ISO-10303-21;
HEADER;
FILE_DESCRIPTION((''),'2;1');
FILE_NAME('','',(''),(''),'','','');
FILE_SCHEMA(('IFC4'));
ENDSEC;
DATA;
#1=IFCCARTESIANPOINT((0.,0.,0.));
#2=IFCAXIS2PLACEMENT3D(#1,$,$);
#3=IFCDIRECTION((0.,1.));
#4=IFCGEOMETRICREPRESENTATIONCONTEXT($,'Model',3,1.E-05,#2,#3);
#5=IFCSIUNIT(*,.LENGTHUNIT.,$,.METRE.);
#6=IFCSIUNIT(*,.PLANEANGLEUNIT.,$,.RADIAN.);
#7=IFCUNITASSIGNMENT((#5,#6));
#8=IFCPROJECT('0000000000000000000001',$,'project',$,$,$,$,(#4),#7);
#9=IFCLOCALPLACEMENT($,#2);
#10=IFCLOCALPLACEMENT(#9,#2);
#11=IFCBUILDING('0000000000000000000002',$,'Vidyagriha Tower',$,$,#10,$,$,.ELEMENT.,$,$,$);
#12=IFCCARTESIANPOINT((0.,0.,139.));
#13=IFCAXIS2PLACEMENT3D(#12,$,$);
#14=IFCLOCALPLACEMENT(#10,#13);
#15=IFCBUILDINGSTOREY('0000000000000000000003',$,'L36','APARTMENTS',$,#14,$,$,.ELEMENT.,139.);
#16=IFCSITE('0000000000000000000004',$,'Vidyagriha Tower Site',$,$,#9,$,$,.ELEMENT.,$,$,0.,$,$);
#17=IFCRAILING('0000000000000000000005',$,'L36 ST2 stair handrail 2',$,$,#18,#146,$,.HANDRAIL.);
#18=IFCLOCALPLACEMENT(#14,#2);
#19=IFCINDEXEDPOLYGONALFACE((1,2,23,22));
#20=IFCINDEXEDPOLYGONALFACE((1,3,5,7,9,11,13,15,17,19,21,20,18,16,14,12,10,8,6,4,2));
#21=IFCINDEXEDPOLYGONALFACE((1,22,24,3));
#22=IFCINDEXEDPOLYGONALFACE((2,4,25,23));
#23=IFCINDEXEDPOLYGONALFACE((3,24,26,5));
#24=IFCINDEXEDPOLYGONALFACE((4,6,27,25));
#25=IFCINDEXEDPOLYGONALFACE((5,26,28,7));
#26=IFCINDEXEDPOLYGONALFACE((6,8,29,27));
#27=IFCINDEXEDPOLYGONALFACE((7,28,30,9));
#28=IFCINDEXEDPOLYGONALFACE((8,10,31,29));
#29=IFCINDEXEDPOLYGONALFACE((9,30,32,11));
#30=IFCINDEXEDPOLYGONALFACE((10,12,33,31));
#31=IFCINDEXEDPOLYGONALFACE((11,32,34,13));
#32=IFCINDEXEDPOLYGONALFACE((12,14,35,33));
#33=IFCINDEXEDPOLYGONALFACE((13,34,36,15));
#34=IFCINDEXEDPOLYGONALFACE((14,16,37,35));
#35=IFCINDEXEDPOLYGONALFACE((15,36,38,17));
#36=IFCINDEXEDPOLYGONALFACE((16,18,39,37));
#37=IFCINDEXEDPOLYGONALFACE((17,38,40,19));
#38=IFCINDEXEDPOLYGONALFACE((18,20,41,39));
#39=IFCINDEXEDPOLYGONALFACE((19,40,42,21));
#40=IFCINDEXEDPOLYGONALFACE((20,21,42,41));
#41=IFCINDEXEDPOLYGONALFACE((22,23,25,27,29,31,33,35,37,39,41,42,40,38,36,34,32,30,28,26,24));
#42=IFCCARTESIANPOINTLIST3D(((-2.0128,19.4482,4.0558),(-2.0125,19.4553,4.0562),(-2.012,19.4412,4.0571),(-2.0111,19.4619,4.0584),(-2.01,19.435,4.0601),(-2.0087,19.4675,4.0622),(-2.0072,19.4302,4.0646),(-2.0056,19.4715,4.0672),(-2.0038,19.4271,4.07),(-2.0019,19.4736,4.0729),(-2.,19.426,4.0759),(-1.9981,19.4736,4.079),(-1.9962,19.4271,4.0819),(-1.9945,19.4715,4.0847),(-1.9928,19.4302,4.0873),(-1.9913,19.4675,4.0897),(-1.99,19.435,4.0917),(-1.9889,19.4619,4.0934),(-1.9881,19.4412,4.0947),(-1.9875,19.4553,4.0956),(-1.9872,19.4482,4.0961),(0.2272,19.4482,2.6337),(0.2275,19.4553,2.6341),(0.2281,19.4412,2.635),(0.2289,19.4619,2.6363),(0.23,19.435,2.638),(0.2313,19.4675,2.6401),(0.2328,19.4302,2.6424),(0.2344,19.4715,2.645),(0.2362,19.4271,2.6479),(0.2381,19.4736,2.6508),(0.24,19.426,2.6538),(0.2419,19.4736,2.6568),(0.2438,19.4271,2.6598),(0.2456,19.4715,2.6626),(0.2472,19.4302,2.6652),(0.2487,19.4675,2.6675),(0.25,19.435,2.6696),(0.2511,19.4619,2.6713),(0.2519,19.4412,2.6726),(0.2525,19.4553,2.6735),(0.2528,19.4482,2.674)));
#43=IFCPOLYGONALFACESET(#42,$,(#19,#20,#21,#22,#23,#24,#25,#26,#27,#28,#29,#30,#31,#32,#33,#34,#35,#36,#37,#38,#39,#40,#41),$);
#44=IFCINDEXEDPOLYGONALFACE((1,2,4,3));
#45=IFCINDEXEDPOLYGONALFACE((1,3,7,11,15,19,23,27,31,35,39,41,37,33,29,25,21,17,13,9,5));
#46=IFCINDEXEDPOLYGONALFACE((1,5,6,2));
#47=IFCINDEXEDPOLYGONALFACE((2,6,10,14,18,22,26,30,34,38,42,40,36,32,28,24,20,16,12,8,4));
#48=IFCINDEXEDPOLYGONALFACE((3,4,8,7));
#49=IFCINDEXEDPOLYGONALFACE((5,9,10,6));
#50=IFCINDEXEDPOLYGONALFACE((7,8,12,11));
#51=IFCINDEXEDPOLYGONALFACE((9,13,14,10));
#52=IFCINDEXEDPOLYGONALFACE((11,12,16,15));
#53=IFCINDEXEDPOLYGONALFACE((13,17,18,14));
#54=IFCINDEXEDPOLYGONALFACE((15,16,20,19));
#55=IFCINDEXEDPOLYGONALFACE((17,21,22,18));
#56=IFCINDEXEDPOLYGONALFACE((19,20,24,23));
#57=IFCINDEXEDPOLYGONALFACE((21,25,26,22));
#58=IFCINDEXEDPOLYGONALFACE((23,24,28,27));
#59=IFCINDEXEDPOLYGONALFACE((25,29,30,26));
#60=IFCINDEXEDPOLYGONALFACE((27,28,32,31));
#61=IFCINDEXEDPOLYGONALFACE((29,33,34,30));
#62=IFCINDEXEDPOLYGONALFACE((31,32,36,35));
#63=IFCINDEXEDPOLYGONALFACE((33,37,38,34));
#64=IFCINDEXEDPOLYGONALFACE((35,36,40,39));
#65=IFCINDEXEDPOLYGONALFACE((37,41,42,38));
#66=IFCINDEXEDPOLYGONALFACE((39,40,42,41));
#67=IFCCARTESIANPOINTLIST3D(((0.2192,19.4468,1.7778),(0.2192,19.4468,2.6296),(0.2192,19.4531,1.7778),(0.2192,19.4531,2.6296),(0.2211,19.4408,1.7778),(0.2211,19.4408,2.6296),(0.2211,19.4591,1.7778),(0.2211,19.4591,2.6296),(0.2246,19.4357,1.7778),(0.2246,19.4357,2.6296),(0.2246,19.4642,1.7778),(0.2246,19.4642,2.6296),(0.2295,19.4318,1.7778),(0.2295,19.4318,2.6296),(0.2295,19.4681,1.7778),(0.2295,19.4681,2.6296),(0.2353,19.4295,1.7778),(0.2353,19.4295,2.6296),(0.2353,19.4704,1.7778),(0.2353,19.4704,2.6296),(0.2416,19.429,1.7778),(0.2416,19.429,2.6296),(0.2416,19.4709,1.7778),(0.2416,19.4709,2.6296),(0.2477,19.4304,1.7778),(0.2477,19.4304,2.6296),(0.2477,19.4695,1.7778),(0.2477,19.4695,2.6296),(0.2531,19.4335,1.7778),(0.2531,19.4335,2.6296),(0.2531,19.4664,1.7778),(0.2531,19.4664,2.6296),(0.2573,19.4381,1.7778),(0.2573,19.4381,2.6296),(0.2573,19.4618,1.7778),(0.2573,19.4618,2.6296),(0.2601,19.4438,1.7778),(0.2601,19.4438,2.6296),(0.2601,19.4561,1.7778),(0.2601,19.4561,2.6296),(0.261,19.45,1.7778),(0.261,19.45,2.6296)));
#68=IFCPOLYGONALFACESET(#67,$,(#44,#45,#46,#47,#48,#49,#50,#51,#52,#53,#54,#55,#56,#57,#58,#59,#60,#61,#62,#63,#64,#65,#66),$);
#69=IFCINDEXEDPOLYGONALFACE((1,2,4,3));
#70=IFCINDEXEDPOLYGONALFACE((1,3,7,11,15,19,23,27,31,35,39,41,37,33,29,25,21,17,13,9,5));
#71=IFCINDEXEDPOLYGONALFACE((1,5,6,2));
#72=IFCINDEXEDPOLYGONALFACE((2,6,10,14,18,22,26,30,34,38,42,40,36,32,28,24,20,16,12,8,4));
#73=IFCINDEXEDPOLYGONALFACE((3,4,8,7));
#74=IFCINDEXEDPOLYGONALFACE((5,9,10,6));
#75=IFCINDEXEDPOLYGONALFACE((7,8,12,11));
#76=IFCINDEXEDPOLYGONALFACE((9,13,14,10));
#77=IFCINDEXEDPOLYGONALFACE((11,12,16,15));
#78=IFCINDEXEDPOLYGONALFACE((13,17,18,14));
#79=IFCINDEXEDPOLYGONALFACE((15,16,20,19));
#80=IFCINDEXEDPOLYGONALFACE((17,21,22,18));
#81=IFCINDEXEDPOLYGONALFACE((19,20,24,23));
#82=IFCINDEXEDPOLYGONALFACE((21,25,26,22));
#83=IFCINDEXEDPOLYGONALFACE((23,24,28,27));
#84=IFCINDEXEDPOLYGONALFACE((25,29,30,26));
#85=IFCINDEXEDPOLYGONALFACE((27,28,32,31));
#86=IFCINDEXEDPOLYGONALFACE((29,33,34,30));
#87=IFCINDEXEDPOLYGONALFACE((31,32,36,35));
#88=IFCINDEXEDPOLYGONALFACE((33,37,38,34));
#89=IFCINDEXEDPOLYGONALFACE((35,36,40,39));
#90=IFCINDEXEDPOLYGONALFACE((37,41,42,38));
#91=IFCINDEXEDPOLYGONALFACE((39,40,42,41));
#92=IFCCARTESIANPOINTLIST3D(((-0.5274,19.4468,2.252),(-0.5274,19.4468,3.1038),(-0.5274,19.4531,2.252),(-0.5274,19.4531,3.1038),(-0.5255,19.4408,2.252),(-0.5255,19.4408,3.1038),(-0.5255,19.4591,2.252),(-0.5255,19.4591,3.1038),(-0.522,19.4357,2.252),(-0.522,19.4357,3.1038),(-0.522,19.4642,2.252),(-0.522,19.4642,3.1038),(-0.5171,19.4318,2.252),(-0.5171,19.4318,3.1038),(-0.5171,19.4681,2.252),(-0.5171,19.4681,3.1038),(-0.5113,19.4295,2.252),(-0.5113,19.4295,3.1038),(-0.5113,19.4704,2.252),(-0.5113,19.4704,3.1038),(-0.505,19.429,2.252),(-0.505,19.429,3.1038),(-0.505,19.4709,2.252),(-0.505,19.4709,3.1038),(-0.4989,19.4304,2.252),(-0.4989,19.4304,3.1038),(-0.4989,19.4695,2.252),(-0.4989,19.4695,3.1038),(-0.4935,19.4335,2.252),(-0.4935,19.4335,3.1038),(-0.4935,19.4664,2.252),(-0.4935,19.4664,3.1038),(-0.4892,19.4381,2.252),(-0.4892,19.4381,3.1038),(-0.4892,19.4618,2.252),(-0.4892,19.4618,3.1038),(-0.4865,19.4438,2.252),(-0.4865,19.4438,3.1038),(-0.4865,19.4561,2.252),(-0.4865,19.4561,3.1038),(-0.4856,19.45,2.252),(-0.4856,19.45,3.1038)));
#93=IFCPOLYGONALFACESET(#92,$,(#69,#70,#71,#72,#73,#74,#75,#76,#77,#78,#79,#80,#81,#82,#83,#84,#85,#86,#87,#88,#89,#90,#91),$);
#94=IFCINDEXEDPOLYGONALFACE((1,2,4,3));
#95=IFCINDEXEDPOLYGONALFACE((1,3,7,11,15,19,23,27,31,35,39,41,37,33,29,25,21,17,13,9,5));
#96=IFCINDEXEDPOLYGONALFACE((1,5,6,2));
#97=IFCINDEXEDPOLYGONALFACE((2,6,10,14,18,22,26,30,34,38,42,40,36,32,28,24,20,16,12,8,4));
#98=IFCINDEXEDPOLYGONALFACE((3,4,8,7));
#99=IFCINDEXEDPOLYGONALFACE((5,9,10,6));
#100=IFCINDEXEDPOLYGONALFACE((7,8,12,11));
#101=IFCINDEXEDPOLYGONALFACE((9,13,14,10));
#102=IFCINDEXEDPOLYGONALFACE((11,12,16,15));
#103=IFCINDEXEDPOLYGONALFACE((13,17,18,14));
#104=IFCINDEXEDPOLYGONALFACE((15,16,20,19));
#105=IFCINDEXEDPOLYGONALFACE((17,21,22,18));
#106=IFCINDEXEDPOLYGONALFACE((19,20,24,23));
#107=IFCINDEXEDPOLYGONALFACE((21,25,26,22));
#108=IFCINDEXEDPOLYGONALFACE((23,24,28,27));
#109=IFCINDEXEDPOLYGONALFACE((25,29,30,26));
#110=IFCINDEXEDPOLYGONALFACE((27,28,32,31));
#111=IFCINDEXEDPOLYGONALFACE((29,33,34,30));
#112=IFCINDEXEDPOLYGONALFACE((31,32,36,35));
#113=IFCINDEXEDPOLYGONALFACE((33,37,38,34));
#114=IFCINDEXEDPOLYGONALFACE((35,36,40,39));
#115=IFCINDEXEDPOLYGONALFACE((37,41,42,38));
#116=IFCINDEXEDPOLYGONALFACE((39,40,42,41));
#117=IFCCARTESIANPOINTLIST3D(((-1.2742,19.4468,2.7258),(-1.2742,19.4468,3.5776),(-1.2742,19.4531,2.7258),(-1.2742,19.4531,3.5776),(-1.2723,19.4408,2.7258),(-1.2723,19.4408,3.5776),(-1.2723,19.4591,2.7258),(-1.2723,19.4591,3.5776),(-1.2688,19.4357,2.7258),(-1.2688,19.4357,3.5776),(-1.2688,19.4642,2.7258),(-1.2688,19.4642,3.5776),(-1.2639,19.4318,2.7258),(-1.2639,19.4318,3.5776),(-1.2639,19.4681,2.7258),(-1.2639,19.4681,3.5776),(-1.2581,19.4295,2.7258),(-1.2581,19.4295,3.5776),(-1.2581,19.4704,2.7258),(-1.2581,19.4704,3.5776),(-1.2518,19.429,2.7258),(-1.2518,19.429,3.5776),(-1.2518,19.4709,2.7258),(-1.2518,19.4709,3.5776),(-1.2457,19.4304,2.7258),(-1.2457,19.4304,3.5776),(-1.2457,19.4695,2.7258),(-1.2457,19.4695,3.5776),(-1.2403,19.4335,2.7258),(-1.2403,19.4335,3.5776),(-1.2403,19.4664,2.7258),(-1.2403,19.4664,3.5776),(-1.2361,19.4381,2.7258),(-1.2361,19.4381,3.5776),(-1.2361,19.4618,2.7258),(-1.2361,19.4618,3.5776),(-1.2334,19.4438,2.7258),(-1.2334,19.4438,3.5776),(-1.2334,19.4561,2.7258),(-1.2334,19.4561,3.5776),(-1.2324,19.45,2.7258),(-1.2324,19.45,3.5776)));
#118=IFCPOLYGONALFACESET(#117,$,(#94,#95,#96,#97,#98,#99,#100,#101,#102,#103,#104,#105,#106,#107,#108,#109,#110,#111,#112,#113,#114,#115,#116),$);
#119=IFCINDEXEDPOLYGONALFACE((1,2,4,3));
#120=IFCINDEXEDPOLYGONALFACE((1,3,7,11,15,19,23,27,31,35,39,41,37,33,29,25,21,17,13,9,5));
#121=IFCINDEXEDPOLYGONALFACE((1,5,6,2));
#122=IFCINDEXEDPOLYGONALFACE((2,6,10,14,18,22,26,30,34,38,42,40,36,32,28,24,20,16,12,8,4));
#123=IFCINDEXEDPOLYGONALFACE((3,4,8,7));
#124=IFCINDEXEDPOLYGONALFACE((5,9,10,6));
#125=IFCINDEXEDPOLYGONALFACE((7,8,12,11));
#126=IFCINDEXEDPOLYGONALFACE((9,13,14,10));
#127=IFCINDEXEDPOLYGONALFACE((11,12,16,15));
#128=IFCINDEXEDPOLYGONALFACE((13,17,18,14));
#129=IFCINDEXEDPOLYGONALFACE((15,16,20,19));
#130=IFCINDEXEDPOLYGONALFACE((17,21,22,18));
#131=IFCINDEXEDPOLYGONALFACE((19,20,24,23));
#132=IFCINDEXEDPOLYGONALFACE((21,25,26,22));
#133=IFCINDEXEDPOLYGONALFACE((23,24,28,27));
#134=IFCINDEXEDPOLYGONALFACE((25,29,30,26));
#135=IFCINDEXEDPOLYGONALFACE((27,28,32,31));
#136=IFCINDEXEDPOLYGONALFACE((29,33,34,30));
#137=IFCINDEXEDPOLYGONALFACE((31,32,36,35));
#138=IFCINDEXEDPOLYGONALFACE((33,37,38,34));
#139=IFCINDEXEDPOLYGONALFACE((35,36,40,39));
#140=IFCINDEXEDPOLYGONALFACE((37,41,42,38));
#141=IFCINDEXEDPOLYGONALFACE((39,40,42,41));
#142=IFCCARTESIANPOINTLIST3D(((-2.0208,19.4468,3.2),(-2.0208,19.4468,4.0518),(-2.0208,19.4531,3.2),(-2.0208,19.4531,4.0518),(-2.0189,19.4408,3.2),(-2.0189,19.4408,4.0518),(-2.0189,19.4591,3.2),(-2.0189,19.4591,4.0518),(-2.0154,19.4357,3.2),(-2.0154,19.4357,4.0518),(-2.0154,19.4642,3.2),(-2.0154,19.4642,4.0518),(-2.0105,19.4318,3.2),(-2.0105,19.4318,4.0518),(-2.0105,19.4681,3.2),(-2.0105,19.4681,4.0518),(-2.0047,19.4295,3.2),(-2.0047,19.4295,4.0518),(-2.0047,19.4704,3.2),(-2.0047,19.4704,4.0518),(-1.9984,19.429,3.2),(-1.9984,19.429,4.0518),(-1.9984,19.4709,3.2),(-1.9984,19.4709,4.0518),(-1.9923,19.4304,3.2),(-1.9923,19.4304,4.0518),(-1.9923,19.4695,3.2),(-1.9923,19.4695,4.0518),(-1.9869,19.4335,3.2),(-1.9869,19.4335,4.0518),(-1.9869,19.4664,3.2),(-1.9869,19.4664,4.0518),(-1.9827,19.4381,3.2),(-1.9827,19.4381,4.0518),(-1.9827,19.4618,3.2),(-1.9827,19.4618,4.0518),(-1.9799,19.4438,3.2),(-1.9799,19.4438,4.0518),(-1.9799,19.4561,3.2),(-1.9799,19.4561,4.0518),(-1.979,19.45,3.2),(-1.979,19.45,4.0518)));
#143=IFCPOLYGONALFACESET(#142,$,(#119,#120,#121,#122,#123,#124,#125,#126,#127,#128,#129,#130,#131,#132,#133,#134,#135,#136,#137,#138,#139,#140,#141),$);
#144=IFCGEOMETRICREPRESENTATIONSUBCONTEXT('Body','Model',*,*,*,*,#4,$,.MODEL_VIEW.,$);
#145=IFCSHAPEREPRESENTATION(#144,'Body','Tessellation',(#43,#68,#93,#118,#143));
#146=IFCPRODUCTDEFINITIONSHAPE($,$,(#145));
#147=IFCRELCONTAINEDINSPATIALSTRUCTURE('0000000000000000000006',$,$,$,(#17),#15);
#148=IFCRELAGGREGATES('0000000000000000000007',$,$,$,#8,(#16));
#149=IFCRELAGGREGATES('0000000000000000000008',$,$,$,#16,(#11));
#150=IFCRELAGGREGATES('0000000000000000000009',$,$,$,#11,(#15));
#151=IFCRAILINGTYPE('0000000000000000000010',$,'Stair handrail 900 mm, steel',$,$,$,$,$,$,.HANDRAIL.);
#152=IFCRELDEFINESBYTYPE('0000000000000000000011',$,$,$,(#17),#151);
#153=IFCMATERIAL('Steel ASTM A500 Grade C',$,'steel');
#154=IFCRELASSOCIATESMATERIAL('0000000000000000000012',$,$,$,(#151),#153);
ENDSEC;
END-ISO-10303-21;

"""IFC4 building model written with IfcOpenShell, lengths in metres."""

from ifc_helpers import new_model, si_unit, direction, frame, origin, origin_2d, place, context, subcontext, project, spatial, circle, extrude, material, type_object, element, save


model = new_model("IFC4")

# Units and contexts
model_context = context("Model", 3, precision=1e-05, world=origin(), true_north=direction((0.0, 1.0)))
body_context = subcontext(model_context, "Body", "Model", "MODEL_VIEW")
ifc_project = project(units=[si_unit("LENGTHUNIT", "METRE"), si_unit("PLANEANGLEUNIT", "RADIAN")], contexts=[model_context])

# Site, building, storey
site_placement = place(None, origin())
site = spatial("IfcSite", under=ifc_project, at=site_placement, Name="Vidyagriha Tower Site", CompositionType="ELEMENT", RefElevation=0.0)
building_placement = place(site_placement, origin())
building = spatial("IfcBuilding", under=site, at=building_placement, Name="Vidyagriha Tower", CompositionType="ELEMENT")
storey_placement = place(building_placement, frame((0.0, 0.0, 139.0)))
storey = spatial("IfcBuildingStorey", under=building, at=storey_placement, Name="L36", Description="APARTMENTS", CompositionType="ELEMENT", Elevation=139.0)

# Railing
ifc_material_1 = material(Name="Steel ASTM A500 Grade C", Category="steel")
railing_type_1 = type_object("IfcRailingType", Name="Stair handrail 900 mm, steel", PredefinedType="HANDRAIL", material=ifc_material_1)
for number, where, name in (
    (1, (0.24, 19.45, 1.7778), "L36 ST2 stair handrail 2"),
):
    element("IfcRailing", number, at=place(storey_placement, frame(where)), inside=storey, type_object=railing_type_1, Name=name, PredefinedType="HANDRAIL", context=body_context, shape_type="SweptSolid", body=[
        extrude(circle(Radius=0.0239, at=origin_2d()), frame((0.0, 0.0, 0.876), z_axis=(-0.844229, 0.0, 0.535982), x_axis=(0.0, -1.0, 0.0)), (0.0, 0.0, 1.0), 2.6533),
        extrude(circle(Radius=0.021, at=origin_2d()), origin(), (0.0, 0.0, 1.0), 0.8518),
        extrude(circle(Radius=0.021, at=origin_2d()), frame((-0.7466, 0.0, 0.4741)), (0.0, 0.0, 1.0), 0.8518),
        extrude(circle(Radius=0.021, at=origin_2d()), frame((-1.4934, 0.0, 0.948)), (0.0, 0.0, 1.0), 0.8518),
        extrude(circle(Radius=0.021, at=origin_2d()), frame((-2.24, 0.0, 1.4221)), (0.0, 0.0, 1.0), 0.8518),
    ])

save(model, "model.ifc")
